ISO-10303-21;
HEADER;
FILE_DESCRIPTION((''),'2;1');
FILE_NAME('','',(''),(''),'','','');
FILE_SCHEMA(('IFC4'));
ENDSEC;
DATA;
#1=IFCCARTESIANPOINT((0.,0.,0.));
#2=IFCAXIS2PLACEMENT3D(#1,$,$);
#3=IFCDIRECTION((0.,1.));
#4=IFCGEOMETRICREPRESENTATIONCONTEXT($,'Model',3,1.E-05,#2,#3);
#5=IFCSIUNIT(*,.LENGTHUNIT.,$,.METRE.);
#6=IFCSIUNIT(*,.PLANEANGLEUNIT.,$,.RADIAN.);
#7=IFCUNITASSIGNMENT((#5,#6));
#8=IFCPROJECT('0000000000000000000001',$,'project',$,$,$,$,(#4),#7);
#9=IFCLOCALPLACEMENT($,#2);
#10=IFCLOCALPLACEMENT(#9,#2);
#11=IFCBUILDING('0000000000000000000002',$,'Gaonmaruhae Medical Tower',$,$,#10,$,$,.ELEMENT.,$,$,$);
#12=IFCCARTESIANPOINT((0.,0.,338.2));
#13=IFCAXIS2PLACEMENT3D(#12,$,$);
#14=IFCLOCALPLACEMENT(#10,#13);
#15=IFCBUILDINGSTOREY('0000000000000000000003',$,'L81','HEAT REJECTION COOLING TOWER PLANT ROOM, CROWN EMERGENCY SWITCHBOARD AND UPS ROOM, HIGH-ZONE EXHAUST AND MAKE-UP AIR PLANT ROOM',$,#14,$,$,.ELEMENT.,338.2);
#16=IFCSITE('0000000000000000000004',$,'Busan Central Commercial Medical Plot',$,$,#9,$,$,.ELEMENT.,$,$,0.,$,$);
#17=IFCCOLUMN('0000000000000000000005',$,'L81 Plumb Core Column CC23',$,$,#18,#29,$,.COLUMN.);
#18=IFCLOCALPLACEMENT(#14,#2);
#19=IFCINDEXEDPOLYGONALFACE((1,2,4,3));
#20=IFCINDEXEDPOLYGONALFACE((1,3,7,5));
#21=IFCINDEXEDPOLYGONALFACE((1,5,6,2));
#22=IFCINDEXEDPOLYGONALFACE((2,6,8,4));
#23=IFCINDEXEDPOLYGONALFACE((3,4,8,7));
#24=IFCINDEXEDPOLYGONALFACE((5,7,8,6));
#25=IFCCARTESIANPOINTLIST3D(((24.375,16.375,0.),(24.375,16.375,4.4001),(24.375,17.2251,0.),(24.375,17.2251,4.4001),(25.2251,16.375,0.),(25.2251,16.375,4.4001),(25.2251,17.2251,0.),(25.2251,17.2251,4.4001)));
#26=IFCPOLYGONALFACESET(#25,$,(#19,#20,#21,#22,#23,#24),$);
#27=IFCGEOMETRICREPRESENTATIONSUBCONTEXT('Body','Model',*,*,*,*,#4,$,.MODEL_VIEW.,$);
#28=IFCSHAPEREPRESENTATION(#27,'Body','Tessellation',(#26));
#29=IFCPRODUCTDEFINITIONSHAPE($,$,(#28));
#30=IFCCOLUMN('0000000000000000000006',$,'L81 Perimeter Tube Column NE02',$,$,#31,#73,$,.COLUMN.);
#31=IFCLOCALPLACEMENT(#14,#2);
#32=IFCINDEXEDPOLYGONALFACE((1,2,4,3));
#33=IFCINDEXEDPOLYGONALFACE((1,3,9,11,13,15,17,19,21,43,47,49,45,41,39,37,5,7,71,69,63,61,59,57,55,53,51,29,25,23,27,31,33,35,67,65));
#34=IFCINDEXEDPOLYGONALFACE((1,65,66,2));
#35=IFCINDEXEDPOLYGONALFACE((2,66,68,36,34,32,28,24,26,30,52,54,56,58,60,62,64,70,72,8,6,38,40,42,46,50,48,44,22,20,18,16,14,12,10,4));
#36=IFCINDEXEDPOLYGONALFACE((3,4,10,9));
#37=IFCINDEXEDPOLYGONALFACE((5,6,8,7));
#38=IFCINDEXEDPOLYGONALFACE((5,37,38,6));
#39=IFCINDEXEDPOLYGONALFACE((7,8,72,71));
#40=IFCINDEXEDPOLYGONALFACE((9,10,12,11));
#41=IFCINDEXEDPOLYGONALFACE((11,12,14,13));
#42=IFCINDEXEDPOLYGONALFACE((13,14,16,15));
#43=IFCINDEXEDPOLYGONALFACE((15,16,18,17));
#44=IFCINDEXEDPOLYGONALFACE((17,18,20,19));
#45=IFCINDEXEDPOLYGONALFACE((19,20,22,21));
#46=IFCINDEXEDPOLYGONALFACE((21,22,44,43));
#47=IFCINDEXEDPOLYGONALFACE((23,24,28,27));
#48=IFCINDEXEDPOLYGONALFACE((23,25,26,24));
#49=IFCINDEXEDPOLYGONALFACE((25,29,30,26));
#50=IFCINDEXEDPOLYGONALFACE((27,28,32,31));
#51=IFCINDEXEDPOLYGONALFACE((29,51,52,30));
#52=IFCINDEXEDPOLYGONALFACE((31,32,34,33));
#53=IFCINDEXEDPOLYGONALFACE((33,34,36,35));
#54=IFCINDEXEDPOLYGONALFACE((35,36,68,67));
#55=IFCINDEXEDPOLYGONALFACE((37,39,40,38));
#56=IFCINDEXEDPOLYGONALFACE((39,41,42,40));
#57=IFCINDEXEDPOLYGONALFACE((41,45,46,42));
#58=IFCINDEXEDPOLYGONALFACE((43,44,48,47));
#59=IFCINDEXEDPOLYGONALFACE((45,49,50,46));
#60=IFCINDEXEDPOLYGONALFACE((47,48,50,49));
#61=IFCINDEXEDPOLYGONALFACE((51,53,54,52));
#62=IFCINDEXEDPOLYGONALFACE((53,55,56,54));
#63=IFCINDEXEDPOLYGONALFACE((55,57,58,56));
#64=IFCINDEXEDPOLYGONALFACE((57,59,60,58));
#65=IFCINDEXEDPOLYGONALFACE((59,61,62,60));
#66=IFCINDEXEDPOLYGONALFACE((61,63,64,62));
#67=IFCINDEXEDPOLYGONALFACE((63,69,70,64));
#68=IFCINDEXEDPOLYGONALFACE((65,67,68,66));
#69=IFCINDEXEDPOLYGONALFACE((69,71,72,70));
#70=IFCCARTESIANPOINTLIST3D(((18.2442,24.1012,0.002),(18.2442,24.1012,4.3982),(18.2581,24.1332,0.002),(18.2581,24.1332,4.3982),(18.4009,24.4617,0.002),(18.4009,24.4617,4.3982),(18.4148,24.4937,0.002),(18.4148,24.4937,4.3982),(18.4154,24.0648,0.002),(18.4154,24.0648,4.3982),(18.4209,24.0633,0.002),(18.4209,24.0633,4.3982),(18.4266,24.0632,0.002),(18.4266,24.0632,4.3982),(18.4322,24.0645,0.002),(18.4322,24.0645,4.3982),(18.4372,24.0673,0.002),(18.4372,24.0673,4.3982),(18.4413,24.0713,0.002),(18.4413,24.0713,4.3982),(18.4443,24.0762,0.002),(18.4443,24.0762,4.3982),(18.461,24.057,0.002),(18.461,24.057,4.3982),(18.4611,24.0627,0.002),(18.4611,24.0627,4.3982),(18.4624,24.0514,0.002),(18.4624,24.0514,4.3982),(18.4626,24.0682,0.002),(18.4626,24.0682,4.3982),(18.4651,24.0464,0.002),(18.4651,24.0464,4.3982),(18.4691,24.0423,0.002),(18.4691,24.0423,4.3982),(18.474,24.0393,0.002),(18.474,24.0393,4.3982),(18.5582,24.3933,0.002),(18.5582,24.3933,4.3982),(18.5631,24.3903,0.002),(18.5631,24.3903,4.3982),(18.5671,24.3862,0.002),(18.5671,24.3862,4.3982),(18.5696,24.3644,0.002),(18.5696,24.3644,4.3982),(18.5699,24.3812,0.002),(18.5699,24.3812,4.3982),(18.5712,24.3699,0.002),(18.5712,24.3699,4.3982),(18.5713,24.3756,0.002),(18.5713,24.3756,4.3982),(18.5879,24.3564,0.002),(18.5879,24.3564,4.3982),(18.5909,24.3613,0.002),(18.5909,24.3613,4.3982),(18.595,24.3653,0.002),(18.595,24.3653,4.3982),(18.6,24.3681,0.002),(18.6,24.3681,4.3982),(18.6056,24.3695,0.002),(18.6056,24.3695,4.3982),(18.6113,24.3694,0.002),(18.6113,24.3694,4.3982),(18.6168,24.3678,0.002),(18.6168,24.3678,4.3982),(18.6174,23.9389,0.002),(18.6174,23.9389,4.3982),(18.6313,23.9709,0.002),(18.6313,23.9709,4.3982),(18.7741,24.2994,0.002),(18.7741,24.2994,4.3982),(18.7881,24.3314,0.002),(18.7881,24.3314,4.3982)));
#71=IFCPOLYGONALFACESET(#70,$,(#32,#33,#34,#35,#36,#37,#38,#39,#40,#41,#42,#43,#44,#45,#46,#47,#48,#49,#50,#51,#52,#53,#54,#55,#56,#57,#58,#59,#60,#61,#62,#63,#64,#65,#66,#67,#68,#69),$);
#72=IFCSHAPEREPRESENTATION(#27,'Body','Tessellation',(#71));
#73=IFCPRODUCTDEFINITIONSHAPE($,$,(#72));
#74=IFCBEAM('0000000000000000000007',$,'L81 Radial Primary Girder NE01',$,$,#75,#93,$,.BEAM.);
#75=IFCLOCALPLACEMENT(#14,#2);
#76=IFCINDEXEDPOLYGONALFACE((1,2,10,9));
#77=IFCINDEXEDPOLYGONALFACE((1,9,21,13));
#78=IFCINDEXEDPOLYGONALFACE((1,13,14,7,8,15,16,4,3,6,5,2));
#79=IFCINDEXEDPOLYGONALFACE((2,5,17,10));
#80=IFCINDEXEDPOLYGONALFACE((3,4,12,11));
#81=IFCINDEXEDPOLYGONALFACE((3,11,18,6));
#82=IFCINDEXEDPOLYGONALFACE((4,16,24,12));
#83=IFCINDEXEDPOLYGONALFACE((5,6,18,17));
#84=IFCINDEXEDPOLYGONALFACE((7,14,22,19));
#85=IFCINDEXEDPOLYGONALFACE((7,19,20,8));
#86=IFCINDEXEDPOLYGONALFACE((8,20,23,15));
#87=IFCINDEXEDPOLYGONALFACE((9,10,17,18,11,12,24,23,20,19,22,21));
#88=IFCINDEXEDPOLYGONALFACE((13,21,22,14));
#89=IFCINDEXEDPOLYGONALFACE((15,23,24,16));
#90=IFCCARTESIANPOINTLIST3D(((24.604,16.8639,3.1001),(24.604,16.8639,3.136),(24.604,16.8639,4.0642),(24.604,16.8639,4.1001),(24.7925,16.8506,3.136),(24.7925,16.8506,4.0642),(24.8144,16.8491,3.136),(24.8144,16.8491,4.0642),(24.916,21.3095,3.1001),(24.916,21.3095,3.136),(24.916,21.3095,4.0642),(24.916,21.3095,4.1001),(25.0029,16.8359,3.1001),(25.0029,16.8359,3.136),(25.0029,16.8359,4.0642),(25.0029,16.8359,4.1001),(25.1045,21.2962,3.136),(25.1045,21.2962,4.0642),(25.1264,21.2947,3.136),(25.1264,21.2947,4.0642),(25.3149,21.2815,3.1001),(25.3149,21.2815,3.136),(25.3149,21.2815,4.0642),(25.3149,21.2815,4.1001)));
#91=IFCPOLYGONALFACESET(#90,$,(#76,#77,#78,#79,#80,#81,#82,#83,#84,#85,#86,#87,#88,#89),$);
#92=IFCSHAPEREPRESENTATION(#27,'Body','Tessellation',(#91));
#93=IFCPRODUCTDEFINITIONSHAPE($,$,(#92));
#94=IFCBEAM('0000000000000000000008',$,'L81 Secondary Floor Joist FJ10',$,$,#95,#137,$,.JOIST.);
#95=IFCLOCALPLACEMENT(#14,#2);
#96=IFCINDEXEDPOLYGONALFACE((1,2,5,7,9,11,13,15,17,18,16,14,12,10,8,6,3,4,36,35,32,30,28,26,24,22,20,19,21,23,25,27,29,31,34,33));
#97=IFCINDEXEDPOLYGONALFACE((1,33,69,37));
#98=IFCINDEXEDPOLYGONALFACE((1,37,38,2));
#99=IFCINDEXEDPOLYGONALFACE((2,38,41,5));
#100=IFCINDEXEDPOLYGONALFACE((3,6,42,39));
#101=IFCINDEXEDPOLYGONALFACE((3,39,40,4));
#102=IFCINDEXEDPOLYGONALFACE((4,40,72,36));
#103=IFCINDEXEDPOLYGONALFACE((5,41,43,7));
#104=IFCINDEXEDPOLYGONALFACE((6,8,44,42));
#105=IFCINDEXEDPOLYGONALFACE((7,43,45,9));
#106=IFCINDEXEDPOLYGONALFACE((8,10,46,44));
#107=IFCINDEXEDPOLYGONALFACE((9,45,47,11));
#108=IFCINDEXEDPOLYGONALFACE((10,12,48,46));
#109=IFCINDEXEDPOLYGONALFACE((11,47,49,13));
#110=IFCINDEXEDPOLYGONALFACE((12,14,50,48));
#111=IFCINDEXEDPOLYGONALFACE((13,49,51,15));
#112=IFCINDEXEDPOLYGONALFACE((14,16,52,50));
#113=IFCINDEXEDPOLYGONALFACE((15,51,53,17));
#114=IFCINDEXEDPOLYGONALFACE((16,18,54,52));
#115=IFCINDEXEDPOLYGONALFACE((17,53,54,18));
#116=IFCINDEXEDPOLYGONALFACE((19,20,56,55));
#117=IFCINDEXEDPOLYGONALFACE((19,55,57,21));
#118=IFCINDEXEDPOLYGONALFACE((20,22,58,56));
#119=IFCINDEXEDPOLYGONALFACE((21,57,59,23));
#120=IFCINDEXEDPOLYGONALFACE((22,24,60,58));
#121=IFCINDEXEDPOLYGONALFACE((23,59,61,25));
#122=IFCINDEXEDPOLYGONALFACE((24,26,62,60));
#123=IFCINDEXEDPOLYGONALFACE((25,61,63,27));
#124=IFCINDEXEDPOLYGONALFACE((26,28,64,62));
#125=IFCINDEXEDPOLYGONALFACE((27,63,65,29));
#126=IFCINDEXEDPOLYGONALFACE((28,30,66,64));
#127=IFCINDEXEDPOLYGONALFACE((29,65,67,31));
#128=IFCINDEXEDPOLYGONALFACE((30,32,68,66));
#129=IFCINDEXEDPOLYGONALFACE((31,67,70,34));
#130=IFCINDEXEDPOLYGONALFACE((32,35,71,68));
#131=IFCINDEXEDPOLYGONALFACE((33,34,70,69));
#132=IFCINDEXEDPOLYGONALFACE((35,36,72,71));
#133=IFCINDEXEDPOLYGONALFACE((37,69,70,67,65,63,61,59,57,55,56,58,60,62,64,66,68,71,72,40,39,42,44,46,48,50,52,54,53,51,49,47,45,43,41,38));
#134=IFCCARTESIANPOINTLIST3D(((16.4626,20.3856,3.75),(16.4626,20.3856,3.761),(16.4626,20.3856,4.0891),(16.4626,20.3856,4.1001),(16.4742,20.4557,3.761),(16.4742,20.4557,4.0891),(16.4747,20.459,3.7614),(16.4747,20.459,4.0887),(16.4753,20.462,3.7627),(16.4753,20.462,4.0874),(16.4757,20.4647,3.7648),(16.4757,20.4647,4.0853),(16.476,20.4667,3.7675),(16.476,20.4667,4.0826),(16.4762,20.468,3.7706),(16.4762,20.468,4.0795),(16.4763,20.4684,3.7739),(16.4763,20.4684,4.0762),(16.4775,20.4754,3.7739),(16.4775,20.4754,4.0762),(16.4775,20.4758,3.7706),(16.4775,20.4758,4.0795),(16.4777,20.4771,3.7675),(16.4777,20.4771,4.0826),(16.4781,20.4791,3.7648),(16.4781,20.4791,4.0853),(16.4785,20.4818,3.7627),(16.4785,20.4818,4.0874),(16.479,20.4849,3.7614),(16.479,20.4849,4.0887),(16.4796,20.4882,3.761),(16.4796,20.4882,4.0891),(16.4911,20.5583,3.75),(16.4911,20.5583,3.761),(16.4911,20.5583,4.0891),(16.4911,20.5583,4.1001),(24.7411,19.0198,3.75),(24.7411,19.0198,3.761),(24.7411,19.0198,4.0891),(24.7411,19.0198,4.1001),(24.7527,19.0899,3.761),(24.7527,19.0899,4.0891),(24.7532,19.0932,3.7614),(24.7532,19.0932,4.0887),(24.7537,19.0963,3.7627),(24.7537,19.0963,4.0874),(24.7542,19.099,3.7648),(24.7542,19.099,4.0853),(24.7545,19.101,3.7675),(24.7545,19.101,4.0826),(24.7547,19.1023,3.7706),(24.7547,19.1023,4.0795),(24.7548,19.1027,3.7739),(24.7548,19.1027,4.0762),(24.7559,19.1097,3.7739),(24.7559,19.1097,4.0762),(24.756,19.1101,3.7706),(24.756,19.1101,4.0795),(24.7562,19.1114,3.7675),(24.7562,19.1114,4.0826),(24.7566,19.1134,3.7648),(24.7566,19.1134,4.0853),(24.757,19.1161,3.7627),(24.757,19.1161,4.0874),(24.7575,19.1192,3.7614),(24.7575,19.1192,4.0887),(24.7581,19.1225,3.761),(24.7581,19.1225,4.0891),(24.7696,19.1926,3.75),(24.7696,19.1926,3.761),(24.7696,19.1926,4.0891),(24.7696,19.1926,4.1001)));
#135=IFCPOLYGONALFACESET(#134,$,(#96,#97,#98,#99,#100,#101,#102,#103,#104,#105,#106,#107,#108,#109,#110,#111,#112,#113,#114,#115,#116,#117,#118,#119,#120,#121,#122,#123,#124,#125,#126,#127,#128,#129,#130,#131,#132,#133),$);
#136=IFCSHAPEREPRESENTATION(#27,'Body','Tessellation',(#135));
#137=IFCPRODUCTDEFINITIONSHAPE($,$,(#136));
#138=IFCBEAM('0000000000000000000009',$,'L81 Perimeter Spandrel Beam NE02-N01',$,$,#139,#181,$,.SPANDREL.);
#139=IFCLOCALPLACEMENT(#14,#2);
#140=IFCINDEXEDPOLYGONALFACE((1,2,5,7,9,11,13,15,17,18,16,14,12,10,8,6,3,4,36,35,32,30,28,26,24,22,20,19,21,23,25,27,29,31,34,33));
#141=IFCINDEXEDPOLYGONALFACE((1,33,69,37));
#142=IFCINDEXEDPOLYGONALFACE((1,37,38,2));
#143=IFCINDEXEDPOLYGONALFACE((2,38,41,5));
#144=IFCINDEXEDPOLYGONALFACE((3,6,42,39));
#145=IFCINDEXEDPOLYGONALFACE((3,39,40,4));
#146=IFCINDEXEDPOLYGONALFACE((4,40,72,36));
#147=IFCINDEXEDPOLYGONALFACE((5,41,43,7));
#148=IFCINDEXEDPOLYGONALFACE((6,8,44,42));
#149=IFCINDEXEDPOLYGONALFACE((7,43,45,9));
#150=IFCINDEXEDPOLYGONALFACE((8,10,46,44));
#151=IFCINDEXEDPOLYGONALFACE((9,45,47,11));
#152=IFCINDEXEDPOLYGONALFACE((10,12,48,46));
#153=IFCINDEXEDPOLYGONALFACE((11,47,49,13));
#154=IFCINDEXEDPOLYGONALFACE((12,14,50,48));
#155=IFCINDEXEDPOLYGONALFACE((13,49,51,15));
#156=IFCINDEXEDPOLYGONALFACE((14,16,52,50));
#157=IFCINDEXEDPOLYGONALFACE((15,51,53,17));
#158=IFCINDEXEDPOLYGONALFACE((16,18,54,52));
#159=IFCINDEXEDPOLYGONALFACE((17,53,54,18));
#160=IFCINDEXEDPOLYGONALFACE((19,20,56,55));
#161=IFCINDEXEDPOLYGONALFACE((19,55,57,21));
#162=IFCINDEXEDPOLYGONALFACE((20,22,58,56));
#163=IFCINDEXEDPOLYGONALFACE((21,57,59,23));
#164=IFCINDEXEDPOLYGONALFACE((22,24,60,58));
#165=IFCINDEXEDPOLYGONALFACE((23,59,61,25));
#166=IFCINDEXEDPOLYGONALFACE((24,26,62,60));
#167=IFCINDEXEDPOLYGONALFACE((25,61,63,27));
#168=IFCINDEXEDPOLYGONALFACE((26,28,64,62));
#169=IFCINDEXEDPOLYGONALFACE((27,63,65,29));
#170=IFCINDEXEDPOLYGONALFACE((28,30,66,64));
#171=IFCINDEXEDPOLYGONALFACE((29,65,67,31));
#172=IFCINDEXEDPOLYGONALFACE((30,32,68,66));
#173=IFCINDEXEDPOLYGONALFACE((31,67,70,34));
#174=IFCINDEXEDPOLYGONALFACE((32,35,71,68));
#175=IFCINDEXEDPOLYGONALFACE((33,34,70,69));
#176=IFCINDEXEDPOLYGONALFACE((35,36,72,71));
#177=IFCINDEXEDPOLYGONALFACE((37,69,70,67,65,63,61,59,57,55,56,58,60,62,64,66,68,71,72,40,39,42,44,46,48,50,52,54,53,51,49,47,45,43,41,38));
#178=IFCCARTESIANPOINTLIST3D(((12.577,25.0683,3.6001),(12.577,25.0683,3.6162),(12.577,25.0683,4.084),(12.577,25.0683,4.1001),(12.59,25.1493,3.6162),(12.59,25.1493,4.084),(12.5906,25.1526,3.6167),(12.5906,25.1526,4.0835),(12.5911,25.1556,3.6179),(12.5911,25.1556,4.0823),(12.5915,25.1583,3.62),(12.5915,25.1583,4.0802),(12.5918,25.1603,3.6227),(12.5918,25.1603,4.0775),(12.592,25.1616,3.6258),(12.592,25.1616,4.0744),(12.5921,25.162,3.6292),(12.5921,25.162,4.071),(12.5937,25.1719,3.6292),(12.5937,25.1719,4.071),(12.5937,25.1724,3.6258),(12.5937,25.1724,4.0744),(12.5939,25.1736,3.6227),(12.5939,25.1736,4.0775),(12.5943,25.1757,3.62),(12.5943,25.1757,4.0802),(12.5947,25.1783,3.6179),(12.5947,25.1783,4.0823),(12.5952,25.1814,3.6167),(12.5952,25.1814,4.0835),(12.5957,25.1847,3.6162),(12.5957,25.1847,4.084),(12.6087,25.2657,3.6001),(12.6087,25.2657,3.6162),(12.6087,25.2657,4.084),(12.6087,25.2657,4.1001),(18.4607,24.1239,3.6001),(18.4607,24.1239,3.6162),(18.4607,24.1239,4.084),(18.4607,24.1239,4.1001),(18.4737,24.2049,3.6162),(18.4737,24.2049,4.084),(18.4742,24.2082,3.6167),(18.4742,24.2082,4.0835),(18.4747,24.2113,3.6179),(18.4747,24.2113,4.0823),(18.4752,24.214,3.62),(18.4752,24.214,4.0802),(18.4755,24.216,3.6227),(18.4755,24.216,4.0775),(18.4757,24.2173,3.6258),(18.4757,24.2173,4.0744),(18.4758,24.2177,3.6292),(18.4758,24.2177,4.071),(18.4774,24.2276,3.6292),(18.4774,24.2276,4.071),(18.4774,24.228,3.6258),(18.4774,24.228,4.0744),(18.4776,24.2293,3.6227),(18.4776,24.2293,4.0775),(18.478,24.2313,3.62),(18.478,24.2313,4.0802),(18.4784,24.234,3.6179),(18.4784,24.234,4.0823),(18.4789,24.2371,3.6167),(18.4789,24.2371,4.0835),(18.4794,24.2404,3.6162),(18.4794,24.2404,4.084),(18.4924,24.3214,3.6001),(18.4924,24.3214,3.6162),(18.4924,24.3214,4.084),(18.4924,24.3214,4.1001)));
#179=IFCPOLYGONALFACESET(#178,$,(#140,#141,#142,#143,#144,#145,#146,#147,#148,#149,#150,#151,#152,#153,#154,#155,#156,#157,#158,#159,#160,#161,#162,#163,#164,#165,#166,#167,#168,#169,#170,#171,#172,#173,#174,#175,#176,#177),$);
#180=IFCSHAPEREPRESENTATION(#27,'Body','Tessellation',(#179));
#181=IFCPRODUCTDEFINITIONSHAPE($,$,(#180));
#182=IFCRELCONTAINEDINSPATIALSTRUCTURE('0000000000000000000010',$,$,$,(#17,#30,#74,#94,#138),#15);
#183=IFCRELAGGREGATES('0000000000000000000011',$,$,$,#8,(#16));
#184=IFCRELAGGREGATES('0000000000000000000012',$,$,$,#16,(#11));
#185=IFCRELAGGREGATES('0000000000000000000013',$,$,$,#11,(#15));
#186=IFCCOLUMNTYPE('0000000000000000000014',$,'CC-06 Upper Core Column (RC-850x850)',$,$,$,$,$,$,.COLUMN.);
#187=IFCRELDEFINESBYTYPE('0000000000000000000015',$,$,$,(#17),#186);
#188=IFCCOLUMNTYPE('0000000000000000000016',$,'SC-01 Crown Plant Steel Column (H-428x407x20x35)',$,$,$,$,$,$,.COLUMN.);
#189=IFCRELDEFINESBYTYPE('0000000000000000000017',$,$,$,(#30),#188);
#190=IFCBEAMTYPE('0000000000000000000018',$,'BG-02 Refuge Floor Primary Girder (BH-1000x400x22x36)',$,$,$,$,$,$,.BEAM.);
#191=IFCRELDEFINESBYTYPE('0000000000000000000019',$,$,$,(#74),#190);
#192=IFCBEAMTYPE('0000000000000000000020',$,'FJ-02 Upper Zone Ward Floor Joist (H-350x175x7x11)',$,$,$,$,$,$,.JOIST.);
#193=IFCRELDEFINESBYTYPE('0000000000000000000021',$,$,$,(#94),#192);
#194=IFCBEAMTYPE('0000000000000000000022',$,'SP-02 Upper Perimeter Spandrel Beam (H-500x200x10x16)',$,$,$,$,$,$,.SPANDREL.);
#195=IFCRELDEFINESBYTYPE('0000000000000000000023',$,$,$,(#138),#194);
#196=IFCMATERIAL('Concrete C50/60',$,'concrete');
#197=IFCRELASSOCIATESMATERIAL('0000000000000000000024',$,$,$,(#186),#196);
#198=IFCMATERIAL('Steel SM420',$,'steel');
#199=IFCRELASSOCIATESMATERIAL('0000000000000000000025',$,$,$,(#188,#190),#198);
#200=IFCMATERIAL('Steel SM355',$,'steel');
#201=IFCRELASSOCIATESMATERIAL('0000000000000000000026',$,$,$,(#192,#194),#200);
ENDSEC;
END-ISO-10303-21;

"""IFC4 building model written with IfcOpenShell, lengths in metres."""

from ifc_helpers import new_model, si_unit, direction, frame, origin, origin_2d, place, context, subcontext, project, spatial, rectangle, i_section, extrude, material, material_profile, profile_set, type_object, element, save


model = new_model("IFC4")

# Units and contexts
model_context = context("Model", 3, precision=1e-05, world=origin(), true_north=direction((0.0, 1.0)))
body_context = subcontext(model_context, "Body", "Model", "MODEL_VIEW")
ifc_project = project(units=[si_unit("LENGTHUNIT", "METRE"), si_unit("PLANEANGLEUNIT", "RADIAN")], contexts=[model_context])

# Site, building, storey
site_placement = place(None, origin())
site = spatial("IfcSite", under=ifc_project, at=site_placement, Name="Busan Central Commercial Medical Plot", CompositionType="ELEMENT", RefElevation=0.0)
building_placement = place(site_placement, origin())
building = spatial("IfcBuilding", under=site, at=building_placement, Name="Gaonmaruhae Medical Tower", CompositionType="ELEMENT")
storey_placement = place(building_placement, frame((0.0, 0.0, 338.2)))
storey = spatial("IfcBuildingStorey", under=building, at=storey_placement, Name="L81", Description="HEAT REJECTION COOLING TOWER PLANT ROOM, CROWN EMERGENCY SWITCHBOARD AND UPS ROOM, HIGH-ZONE EXHAUST AND MAKE-UP AIR PLANT ROOM", CompositionType="ELEMENT", Elevation=338.2)

# Columns
ifc_material_1 = material(Name="Concrete C50/60", Category="concrete")
ifc_material_profile_1 = material_profile(ifc_material_1, rectangle(XDim=0.8501, YDim=0.8501, at=origin_2d()), Name="RC-850x850")
ifc_profile_set_1 = profile_set([ifc_material_profile_1], Name="Concrete C50/60")
column_type_1 = type_object("IfcColumnType", Name="CC-06 Upper Core Column (RC-850x850)", PredefinedType="COLUMN", material=ifc_profile_set_1)
column_1_placement = place(storey_placement, frame((24.8, 16.8, 0.0), z_axis=(0.0, 0.0, 1.0), x_axis=(1.0, 0.0, 0.0)))
element("IfcColumn", 1, at=column_1_placement, inside=storey, type_object=column_type_1, Name="L81 Plumb Core Column CC23", PredefinedType="COLUMN", context=body_context, shape_type="SweptSolid", body=[
    extrude(rectangle(XDim=0.8501, YDim=0.8501, at=origin_2d()), origin(), (0.0, 0.0, 1.0), 4.4001),
])
ifc_material_2 = material(Name="Steel SM420", Category="steel")
ifc_material_profile_2 = material_profile(ifc_material_2, i_section(OverallWidth=0.407, OverallDepth=0.428, WebThickness=0.02, FlangeThickness=0.0349, FilletRadius=0.022, at=origin_2d()), Name="H-428x407x20x35")
ifc_profile_set_2 = profile_set([ifc_material_profile_2], Name="Steel SM420")
column_type_2 = type_object("IfcColumnType", Name="SC-01 Crown Plant Steel Column (H-428x407x20x35)", PredefinedType="COLUMN", material=ifc_profile_set_2)
column_2_placement = place(storey_placement, frame((18.5161, 24.2163, 0.002), z_axis=(0.0, 0.0, 1.0), x_axis=(-0.91706, 0.398749, 0.0)))
element("IfcColumn", 2, at=column_2_placement, inside=storey, type_object=column_type_2, Name="L81 Perimeter Tube Column NE02", PredefinedType="COLUMN", context=body_context, shape_type="SweptSolid", body=[
    extrude(i_section(OverallWidth=0.407, OverallDepth=0.428, WebThickness=0.02, FlangeThickness=0.0349, FilletRadius=0.022, at=origin_2d()), origin(), (0.0, 0.0, 1.0), 4.3962),
])

# Beams
ifc_material_profile_3 = material_profile(ifc_material_2, i_section(OverallWidth=0.3999, OverallDepth=1.0, WebThickness=0.022, FlangeThickness=0.0359, at=origin_2d()), Name="BH-1000x400x22x36")
ifc_profile_set_3 = profile_set([ifc_material_profile_3], Name="Steel SM420")
beam_type_1 = type_object("IfcBeamType", Name="BG-02 Refuge Floor Primary Girder (BH-1000x400x22x36)", PredefinedType="BEAM", material=ifc_profile_set_3)
beam_1_placement = place(storey_placement, frame((24.8035, 16.8499, 3.6001), z_axis=(0.070013, 0.997546, 0.0), x_axis=(-0.997546, 0.070013, 0.0)))
element("IfcBeam", 3, at=beam_1_placement, inside=storey, type_object=beam_type_1, Name="L81 Radial Primary Girder NE01", PredefinedType="BEAM", context=body_context, shape_type="SweptSolid", body=[
    extrude(i_section(OverallWidth=0.3999, OverallDepth=1.0, WebThickness=0.022, FlangeThickness=0.0359, at=origin_2d()), origin(), (0.0, 0.0, 1.0), 4.4565),
])
ifc_material_3 = material(Name="Steel SM355", Category="steel")
ifc_material_profile_4 = material_profile(ifc_material_3, i_section(OverallWidth=0.175, OverallDepth=0.3501, WebThickness=0.0071, FlangeThickness=0.011, FilletRadius=0.0129, at=origin_2d()), Name="H-350x175x7x11")
ifc_profile_set_4 = profile_set([ifc_material_profile_4], Name="Steel SM355")
beam_type_2 = type_object("IfcBeamType", Name="FJ-02 Upper Zone Ward Floor Joist (H-350x175x7x11)", PredefinedType="JOIST", material=ifc_profile_set_4)
beam_2_placement = place(storey_placement, frame((24.7554, 19.1062, 3.925), z_axis=(-0.986664, 0.162771, 0.0), x_axis=(-0.162771, -0.986664, 0.0)))
element("IfcBeam", 4, at=beam_2_placement, inside=storey, type_object=beam_type_2, Name="L81 Secondary Floor Joist FJ10", PredefinedType="JOIST", context=body_context, shape_type="SweptSolid", body=[
    extrude(i_section(OverallWidth=0.175, OverallDepth=0.3501, WebThickness=0.0071, FlangeThickness=0.011, FilletRadius=0.0129, at=origin_2d()), origin(), (0.0, 0.0, 1.0), 8.3904),
])
ifc_material_profile_5 = material_profile(ifc_material_3, i_section(OverallWidth=0.2, OverallDepth=0.5, WebThickness=0.01, FlangeThickness=0.0161, FilletRadius=0.0129, at=origin_2d()), Name="H-500x200x10x16")
ifc_profile_set_5 = profile_set([ifc_material_profile_5], Name="Steel SM355")
beam_type_3 = type_object("IfcBeamType", Name="SP-02 Upper Perimeter Spandrel Beam (H-500x200x10x16)", PredefinedType="SPANDREL", material=ifc_profile_set_5)
beam_3_placement = place(storey_placement, frame((18.4766, 24.2227, 3.8501), z_axis=(-0.987364, 0.15847, 0.0), x_axis=(-0.15847, -0.987364, 0.0)))
element("IfcBeam", 5, at=beam_3_placement, inside=storey, type_object=beam_type_3, Name="L81 Perimeter Spandrel Beam NE02-N01", PredefinedType="SPANDREL", context=body_context, shape_type="SweptSolid", body=[
    extrude(i_section(OverallWidth=0.2, OverallDepth=0.5, WebThickness=0.01, FlangeThickness=0.0161, FilletRadius=0.0129, at=origin_2d()), origin(), (0.0, 0.0, 1.0), 5.959),
])

save(model, "model.ifc")
